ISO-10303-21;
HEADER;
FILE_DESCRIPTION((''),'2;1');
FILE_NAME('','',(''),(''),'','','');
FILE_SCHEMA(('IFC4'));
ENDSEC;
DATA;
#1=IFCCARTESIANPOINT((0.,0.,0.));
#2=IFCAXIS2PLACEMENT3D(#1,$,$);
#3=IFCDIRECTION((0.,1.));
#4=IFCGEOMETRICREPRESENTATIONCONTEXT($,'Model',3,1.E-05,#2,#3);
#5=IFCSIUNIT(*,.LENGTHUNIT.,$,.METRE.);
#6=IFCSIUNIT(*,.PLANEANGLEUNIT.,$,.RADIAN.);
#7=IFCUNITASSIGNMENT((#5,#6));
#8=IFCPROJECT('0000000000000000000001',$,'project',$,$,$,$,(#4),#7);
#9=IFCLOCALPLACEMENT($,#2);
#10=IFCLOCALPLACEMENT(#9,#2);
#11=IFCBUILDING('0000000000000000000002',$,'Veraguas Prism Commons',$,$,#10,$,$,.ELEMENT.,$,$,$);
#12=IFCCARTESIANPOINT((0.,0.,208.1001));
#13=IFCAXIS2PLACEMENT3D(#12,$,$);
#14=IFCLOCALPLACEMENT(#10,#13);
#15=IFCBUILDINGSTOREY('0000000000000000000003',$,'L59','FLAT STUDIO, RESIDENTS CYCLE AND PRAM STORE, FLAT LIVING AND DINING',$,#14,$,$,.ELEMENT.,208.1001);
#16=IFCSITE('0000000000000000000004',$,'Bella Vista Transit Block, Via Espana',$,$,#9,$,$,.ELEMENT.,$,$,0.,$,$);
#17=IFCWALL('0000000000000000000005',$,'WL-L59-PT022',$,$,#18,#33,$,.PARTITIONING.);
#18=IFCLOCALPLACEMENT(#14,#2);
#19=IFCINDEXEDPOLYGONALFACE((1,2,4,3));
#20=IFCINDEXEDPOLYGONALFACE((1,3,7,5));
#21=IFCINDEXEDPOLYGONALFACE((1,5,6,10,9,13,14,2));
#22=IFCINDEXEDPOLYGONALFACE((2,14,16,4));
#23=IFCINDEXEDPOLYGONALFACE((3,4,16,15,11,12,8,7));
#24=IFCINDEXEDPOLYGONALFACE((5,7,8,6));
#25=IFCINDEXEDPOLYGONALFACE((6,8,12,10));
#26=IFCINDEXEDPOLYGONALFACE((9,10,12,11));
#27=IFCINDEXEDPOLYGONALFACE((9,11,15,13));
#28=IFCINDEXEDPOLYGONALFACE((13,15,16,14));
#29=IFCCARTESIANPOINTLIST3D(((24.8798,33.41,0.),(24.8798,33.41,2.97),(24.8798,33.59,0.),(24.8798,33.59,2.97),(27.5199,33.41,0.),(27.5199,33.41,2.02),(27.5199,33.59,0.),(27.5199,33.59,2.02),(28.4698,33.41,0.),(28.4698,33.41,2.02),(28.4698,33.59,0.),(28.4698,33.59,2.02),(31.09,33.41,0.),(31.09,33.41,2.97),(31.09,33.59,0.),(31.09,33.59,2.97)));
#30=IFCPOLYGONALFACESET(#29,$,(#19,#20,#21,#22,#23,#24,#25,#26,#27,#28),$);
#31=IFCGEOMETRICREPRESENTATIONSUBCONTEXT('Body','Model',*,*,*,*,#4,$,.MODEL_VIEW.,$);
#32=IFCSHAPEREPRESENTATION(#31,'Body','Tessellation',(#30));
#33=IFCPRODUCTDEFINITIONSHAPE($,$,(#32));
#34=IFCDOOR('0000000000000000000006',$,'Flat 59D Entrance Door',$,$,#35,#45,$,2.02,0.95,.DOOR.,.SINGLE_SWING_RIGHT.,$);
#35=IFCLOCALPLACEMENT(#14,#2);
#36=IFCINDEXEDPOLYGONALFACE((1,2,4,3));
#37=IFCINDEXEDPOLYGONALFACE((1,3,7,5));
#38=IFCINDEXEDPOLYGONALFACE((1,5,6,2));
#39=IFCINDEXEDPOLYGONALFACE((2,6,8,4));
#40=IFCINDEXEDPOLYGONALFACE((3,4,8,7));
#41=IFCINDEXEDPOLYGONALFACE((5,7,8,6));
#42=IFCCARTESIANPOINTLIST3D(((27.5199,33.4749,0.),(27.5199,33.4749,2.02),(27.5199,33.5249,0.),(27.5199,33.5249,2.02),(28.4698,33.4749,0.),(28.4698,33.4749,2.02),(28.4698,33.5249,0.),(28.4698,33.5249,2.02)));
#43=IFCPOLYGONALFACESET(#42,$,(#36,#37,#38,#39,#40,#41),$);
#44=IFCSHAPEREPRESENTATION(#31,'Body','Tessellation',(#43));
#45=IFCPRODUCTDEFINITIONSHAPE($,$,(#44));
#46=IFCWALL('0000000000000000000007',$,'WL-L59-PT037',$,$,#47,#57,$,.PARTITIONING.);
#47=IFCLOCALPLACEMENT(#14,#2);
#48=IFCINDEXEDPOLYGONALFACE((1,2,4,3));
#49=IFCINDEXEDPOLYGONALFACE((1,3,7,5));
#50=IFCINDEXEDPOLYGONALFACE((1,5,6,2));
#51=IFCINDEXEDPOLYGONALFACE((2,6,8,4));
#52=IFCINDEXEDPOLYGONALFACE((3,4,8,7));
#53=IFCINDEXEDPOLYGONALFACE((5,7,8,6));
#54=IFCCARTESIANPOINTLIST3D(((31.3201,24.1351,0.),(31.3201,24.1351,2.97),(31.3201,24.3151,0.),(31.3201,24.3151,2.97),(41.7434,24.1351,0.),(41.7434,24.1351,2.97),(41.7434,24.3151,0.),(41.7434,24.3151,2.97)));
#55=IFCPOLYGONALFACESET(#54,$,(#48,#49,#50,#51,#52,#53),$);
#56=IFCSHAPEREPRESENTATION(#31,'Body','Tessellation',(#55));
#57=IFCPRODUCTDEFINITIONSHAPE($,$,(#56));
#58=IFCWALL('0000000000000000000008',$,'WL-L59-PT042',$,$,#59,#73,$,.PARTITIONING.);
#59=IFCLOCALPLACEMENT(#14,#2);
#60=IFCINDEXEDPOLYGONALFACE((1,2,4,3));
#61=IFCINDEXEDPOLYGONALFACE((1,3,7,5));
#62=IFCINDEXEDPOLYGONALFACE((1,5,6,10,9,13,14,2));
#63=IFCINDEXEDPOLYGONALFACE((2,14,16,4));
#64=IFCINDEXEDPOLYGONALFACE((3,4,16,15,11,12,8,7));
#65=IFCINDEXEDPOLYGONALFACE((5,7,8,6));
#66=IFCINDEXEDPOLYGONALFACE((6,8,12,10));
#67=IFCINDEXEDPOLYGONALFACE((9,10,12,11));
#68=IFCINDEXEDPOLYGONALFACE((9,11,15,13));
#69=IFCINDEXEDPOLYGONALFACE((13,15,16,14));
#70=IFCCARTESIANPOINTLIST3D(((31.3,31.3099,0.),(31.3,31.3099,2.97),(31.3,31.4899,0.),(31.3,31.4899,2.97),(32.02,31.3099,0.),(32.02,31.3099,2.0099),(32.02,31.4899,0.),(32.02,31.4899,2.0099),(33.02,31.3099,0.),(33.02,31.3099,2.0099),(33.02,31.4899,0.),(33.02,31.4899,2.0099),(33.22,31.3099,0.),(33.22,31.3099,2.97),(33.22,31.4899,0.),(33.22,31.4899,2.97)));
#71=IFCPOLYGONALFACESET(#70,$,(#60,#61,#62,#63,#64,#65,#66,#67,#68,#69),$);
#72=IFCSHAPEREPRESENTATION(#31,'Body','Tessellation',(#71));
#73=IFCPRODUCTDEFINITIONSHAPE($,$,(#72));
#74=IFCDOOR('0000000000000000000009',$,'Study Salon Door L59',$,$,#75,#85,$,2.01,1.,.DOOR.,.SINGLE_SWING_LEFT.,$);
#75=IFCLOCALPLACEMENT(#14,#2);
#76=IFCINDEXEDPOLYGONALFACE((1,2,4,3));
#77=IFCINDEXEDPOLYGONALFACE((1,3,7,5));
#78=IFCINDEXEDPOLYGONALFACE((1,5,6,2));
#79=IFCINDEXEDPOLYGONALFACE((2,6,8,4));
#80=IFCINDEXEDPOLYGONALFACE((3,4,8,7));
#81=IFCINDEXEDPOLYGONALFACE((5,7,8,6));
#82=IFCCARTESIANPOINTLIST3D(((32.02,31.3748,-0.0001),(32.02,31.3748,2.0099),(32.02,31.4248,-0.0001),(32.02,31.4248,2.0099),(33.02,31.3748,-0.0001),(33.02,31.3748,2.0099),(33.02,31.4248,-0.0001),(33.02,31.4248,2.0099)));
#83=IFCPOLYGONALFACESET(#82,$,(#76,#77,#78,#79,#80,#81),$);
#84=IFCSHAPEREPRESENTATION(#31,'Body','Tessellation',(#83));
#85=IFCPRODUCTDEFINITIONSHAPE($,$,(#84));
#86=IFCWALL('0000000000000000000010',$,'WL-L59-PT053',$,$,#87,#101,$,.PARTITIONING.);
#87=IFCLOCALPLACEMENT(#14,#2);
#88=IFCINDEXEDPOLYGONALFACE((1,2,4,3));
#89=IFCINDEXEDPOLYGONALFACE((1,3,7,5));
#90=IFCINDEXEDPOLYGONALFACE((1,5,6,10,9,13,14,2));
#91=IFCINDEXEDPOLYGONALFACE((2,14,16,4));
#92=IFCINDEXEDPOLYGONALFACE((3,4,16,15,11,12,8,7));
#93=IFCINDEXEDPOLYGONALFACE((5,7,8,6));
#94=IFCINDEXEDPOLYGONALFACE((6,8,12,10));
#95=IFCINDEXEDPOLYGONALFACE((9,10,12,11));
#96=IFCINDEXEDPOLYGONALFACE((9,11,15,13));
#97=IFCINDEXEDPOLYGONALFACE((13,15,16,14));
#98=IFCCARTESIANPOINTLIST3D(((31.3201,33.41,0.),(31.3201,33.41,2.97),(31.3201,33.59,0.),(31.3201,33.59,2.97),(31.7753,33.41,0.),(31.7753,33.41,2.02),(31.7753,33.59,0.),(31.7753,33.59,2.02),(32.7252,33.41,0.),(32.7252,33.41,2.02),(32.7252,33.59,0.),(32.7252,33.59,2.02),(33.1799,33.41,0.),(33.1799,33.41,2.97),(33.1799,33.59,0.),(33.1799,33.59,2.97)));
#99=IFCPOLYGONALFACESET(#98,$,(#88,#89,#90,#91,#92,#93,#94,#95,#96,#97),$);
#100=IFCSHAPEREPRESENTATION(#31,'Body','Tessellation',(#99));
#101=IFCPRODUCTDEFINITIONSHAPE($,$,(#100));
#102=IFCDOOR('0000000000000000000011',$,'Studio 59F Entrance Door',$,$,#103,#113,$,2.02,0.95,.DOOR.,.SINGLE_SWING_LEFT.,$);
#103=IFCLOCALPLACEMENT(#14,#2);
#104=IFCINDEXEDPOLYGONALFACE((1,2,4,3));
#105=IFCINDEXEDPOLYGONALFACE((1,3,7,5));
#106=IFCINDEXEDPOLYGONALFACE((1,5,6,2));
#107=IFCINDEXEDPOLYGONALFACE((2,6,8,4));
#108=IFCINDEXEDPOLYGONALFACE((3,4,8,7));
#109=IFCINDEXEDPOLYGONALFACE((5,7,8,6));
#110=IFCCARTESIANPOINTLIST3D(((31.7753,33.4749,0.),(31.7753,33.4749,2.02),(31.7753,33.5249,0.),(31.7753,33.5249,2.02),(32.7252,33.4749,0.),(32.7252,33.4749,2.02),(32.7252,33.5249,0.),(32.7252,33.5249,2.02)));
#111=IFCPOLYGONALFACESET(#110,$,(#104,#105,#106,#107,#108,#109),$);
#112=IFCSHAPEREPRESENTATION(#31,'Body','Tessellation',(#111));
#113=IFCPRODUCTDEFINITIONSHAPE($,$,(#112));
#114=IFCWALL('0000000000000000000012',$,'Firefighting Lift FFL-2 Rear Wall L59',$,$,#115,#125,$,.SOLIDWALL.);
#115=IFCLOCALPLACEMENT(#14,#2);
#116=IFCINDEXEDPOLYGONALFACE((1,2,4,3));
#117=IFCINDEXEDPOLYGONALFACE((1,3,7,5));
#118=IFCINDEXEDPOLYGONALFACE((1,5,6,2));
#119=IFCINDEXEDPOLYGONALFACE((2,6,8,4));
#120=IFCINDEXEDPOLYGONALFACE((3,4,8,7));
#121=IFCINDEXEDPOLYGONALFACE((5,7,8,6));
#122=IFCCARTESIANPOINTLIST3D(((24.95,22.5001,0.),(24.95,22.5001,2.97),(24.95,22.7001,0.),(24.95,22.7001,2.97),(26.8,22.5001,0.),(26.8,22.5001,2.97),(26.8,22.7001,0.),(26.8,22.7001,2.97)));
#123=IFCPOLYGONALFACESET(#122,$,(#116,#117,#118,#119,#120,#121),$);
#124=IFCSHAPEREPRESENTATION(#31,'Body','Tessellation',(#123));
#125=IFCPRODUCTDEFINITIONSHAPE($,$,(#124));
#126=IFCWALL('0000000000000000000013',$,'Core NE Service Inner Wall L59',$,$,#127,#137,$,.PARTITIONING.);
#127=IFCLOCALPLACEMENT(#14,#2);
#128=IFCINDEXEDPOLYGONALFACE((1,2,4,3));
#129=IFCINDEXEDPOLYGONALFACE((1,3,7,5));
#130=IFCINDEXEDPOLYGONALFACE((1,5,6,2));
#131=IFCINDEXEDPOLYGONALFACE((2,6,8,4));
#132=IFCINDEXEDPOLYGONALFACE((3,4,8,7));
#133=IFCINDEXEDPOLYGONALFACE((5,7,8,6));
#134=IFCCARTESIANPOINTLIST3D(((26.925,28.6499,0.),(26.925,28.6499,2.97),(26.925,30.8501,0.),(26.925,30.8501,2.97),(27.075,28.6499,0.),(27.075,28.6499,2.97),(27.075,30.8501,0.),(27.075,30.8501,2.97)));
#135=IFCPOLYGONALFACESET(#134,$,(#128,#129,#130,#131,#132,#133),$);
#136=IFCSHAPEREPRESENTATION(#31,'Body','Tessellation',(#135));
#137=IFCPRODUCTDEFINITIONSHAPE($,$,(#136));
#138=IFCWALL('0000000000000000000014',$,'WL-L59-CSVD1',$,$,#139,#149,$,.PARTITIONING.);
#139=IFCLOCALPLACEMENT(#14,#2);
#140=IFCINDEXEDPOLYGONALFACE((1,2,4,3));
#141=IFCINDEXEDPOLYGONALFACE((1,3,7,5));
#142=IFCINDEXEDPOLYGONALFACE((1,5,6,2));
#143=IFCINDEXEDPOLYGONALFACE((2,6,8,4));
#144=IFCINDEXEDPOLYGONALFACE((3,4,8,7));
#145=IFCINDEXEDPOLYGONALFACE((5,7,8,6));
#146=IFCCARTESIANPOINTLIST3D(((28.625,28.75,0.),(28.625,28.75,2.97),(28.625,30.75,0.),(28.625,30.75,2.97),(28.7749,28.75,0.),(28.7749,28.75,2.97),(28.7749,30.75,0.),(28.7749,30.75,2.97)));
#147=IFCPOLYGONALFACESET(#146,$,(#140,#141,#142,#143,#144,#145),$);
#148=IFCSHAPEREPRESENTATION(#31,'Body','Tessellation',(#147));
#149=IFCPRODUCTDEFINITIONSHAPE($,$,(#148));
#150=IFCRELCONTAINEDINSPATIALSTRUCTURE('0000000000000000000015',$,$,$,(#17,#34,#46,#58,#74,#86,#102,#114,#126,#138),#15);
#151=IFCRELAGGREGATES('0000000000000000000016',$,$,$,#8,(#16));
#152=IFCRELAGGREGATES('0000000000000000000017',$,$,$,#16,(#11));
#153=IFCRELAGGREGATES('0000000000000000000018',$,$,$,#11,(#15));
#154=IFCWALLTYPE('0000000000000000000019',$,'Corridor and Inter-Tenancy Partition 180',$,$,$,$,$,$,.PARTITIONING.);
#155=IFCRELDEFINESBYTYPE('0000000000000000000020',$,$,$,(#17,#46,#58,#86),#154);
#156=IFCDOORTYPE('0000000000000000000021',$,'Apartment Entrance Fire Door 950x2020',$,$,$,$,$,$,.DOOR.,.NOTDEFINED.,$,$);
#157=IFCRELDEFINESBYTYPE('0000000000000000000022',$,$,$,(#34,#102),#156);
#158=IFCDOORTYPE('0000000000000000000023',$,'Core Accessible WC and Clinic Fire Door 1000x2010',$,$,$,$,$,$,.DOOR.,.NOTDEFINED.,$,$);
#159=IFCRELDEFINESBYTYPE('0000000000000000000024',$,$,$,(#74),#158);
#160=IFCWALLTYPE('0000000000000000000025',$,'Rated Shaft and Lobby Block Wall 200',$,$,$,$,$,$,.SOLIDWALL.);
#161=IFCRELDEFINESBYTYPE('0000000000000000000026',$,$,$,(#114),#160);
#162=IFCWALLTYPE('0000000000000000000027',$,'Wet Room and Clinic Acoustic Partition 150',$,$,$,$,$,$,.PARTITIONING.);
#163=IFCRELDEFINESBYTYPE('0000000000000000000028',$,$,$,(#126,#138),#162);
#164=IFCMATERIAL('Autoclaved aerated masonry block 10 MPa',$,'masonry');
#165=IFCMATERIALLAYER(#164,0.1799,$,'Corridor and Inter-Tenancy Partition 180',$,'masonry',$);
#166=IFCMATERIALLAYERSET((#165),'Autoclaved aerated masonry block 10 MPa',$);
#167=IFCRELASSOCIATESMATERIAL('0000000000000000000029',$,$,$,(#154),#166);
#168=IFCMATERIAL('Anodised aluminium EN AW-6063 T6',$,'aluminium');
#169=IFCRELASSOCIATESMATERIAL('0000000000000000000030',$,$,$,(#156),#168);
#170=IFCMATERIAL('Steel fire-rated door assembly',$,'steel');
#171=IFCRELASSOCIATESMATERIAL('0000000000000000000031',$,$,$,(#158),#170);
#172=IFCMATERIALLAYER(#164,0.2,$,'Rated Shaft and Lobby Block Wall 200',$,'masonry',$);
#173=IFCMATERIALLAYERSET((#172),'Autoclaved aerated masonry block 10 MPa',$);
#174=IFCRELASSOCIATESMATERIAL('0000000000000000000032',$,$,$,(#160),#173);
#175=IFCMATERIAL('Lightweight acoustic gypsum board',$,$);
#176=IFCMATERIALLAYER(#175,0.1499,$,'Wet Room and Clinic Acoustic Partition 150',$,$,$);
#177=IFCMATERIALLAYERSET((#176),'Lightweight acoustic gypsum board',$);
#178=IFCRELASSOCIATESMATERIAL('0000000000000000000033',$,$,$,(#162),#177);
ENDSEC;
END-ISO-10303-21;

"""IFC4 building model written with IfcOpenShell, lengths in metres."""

from ifc_helpers import new_model, si_unit, direction, frame, frame_2d, origin, place, context, subcontext, project, spatial, rectangle, extrude, source, transform, mapped, material, layer, layer_set, type_object, element, fill, save


model = new_model("IFC4")

# Units and contexts
model_context = context("Model", 3, precision=1e-05, world=origin(), true_north=direction((0.0, 1.0)))
body_context = subcontext(model_context, "Body", "Model", "MODEL_VIEW")
ifc_project = project(units=[si_unit("LENGTHUNIT", "METRE"), si_unit("PLANEANGLEUNIT", "RADIAN")], contexts=[model_context])

# Site, building, storey
site_placement = place(None, origin())
site = spatial("IfcSite", under=ifc_project, at=site_placement, Name="Bella Vista Transit Block, Via Espana", CompositionType="ELEMENT", RefElevation=0.0)
building_placement = place(site_placement, origin())
building = spatial("IfcBuilding", under=site, at=building_placement, Name="Veraguas Prism Commons", CompositionType="ELEMENT")
storey_placement = place(building_placement, frame((0.0, 0.0, 208.1001)))
storey = spatial("IfcBuildingStorey", under=building, at=storey_placement, Name="L59", Description="FLAT STUDIO, RESIDENTS CYCLE AND PRAM STORE, FLAT LIVING AND DINING", CompositionType="ELEMENT", Elevation=208.1001)

# Shared definitions
ifc_material_1 = material(Name="Steel fire-rated door assembly", Category="steel")

# Shared definitions
ifc_material_2 = material(Name="Autoclaved aerated masonry block 10 MPa", Category="masonry")
ifc_layer_1 = layer(ifc_material_2, 0.1799, Name="Corridor and Inter-Tenancy Partition 180", Category="masonry")
ifc_layer_set_1 = layer_set([ifc_layer_1], Name="Autoclaved aerated masonry block 10 MPa")
wall_type_1 = type_object("IfcWallType", Name="Corridor and Inter-Tenancy Partition 180", PredefinedType="PARTITIONING", material=ifc_layer_set_1)

# Wall, opening, door
wall_1_placement = place(storey_placement, frame((24.8799, 33.5, 0.0), z_axis=(0.0, 0.0, 1.0), x_axis=(1.0, 0.0, 0.0)))
wall_1 = element("IfcWall", 1, at=wall_1_placement, inside=storey, type_object=wall_type_1, Name="WL-L59-PT022", PredefinedType="PARTITIONING", context=body_context, shape_type="SweptSolid", body=[
    extrude(rectangle(XDim=6.2102, YDim=0.1799, at=frame_2d((3.105, 0.0))), origin(), (0.0, 0.0, 1.0), 2.97),
])
opening_1_placement = place(wall_1_placement, frame((2.6399, 0.0, 0.0)))
opening_1 = element("IfcOpeningElement", 2, at=opening_1_placement, cuts=wall_1, PredefinedType="OPENING", context=body_context, shape_type="SweptSolid", body=[
    extrude(rectangle(XDim=0.95, YDim=2.02, at=frame_2d((0.4751, 1.01))), frame((0.0, 0.0999, 0.0), z_axis=(0.0, -1.0, 0.0), x_axis=(1.0, 0.0, 0.0)), (0.0, 0.0, 1.0), 0.2),
])
ifc_material_3 = material(Name="Anodised aluminium EN AW-6063 T6", Category="aluminium")
door_type_1 = type_object("IfcDoorType", Name="Apartment Entrance Fire Door 950x2020", OperationType="NOTDEFINED", PredefinedType="DOOR", material=ifc_material_3)
shared_shape_1 = source(origin(), body_context, "Body", "SweptSolid", [
    extrude(rectangle(XDim=0.95, YDim=2.02, at=frame_2d((0.4751, 1.01))), frame((0.0, 0.0249, 0.0), z_axis=(0.0, -1.0, 0.0), x_axis=(1.0, 0.0, 0.0)), (0.0, 0.0, 1.0), 0.05),
])
door_1_placement = place(opening_1_placement, origin())
door_1 = element("IfcDoor", 3, at=door_1_placement, inside=storey, type_object=door_type_1, Name="Flat 59D Entrance Door", OperationType="SINGLE_SWING_RIGHT", OverallHeight=2.02, OverallWidth=0.95, PredefinedType="DOOR", context=body_context, shape_type="MappedRepresentation", body=[
    mapped(shared_shape_1, transform((0.0, 0.0, 0.0), scale=1.0)),
])
fill(opening_1, door_1)

# Wall
wall_2_placement = place(storey_placement, frame((31.3201, 24.2251, 0.0), z_axis=(0.0, 0.0, 1.0), x_axis=(1.0, 0.0, 0.0)))
element("IfcWall", 4, at=wall_2_placement, inside=storey, type_object=wall_type_1, Name="WL-L59-PT037", PredefinedType="PARTITIONING", context=body_context, shape_type="SweptSolid", body=[
    extrude(rectangle(XDim=10.4233, YDim=0.1799, at=frame_2d((5.2117, 0.0))), origin(), (0.0, 0.0, 1.0), 2.97),
])

# Walls, openings, doors
wall_3_placement = place(storey_placement, frame((31.3, 31.3999, 0.0), z_axis=(0.0, 0.0, 1.0), x_axis=(1.0, 0.0, 0.0)))
wall_3 = element("IfcWall", 5, at=wall_3_placement, inside=storey, type_object=wall_type_1, Name="WL-L59-PT042", PredefinedType="PARTITIONING", context=body_context, shape_type="SweptSolid", body=[
    extrude(rectangle(XDim=1.9199, YDim=0.1799, at=frame_2d((0.96, 0.0))), origin(), (0.0, 0.0, 1.0), 2.97),
])
opening_2_placement = place(wall_3_placement, frame((0.72, 0.0, 0.0)))
opening_2 = element("IfcOpeningElement", 6, at=opening_2_placement, cuts=wall_3, PredefinedType="OPENING", context=body_context, shape_type="SweptSolid", body=[
    extrude(rectangle(XDim=1.0, YDim=2.01, at=frame_2d((0.5, 1.0049))), frame((0.0, 0.0999, 0.0), z_axis=(0.0, -1.0, 0.0), x_axis=(1.0, 0.0, 0.0)), (0.0, 0.0, 1.0), 0.2),
])
door_type_2 = type_object("IfcDoorType", Name="Core Accessible WC and Clinic Fire Door 1000x2010", OperationType="NOTDEFINED", PredefinedType="DOOR", material=ifc_material_1)
shared_shape_2 = source(origin(), body_context, "Body", "SweptSolid", [
    extrude(rectangle(XDim=1.0, YDim=2.01, at=frame_2d((0.5, 1.0049))), frame((0.0, 0.0249, 0.0), z_axis=(0.0, -1.0, 0.0), x_axis=(1.0, 0.0, 0.0)), (0.0, 0.0, 1.0), 0.05),
])
door_2_placement = place(opening_2_placement, origin())
door_2 = element("IfcDoor", 7, at=door_2_placement, inside=storey, type_object=door_type_2, Name="Study Salon Door L59", OperationType="SINGLE_SWING_LEFT", OverallHeight=2.01, OverallWidth=1.0, PredefinedType="DOOR", context=body_context, shape_type="MappedRepresentation", body=[
    mapped(shared_shape_2, transform((0.0, 0.0, 0.0), scale=1.0)),
])
fill(opening_2, door_2)
wall_4_placement = place(storey_placement, frame((31.3201, 33.5, 0.0), z_axis=(0.0, 0.0, 1.0), x_axis=(1.0, 0.0, 0.0)))
wall_4 = element("IfcWall", 8, at=wall_4_placement, inside=storey, type_object=wall_type_1, Name="WL-L59-PT053", PredefinedType="PARTITIONING", context=body_context, shape_type="SweptSolid", body=[
    extrude(rectangle(XDim=1.8599, YDim=0.1799, at=frame_2d((0.9299, 0.0))), origin(), (0.0, 0.0, 1.0), 2.97),
])
opening_3_placement = place(wall_4_placement, frame((0.4551, 0.0, 0.0)))
opening_3 = element("IfcOpeningElement", 9, at=opening_3_placement, cuts=wall_4, PredefinedType="OPENING", context=body_context, shape_type="SweptSolid", body=[
    extrude(rectangle(XDim=0.95, YDim=2.02, at=frame_2d((0.4751, 1.01))), frame((0.0, 0.0999, 0.0), z_axis=(0.0, -1.0, 0.0), x_axis=(1.0, 0.0, 0.0)), (0.0, 0.0, 1.0), 0.2),
])
door_3_placement = place(opening_3_placement, origin())
door_3 = element("IfcDoor", 10, at=door_3_placement, inside=storey, type_object=door_type_1, Name="Studio 59F Entrance Door", OperationType="SINGLE_SWING_LEFT", OverallHeight=2.02, OverallWidth=0.95, PredefinedType="DOOR", context=body_context, shape_type="MappedRepresentation", body=[
    mapped(shared_shape_1, transform((0.0, 0.0, 0.0), scale=1.0)),
])
fill(opening_3, door_3)

# Walls
ifc_layer_2 = layer(ifc_material_2, 0.2, Name="Rated Shaft and Lobby Block Wall 200", Category="masonry")
ifc_layer_set_2 = layer_set([ifc_layer_2], Name="Autoclaved aerated masonry block 10 MPa")
wall_type_2 = type_object("IfcWallType", Name="Rated Shaft and Lobby Block Wall 200", PredefinedType="SOLIDWALL", material=ifc_layer_set_2)
wall_5_placement = place(storey_placement, frame((24.95, 22.6001, 0.0), z_axis=(0.0, 0.0, 1.0), x_axis=(1.0, 0.0, 0.0)))
element("IfcWall", 11, at=wall_5_placement, inside=storey, type_object=wall_type_2, Name="Firefighting Lift FFL-2 Rear Wall L59", PredefinedType="SOLIDWALL", context=body_context, shape_type="SweptSolid", body=[
    extrude(rectangle(XDim=1.8501, YDim=0.2, at=frame_2d((0.925, 0.0))), origin(), (0.0, 0.0, 1.0), 2.97),
])
ifc_material_4 = material(Name="Lightweight acoustic gypsum board")
ifc_layer_3 = layer(ifc_material_4, 0.1499, Name="Wet Room and Clinic Acoustic Partition 150")
ifc_layer_set_3 = layer_set([ifc_layer_3], Name="Lightweight acoustic gypsum board")
wall_type_3 = type_object("IfcWallType", Name="Wet Room and Clinic Acoustic Partition 150", PredefinedType="PARTITIONING", material=ifc_layer_set_3)
wall_6_placement = place(storey_placement, frame((27.0, 28.6499, 0.0), z_axis=(0.0, 0.0, 1.0), x_axis=(0.0, 1.0, 0.0)))
element("IfcWall", 12, at=wall_6_placement, inside=storey, type_object=wall_type_3, Name="Core NE Service Inner Wall L59", PredefinedType="PARTITIONING", context=body_context, shape_type="SweptSolid", body=[
    extrude(rectangle(XDim=2.2002, YDim=0.1499, at=frame_2d((1.1001, 0.0))), origin(), (0.0, 0.0, 1.0), 2.97),
])
wall_7_placement = place(storey_placement, frame((28.7, 28.75, 0.0), z_axis=(0.0, 0.0, 1.0), x_axis=(0.0, 1.0, 0.0)))
element("IfcWall", 13, at=wall_7_placement, inside=storey, type_object=wall_type_3, Name="WL-L59-CSVD1", PredefinedType="PARTITIONING", context=body_context, shape_type="SweptSolid", body=[
    extrude(rectangle(XDim=2.0, YDim=0.1499, at=frame_2d((1.0, 0.0))), origin(), (0.0, 0.0, 1.0), 2.97),
])

save(model, "model.ifc")
